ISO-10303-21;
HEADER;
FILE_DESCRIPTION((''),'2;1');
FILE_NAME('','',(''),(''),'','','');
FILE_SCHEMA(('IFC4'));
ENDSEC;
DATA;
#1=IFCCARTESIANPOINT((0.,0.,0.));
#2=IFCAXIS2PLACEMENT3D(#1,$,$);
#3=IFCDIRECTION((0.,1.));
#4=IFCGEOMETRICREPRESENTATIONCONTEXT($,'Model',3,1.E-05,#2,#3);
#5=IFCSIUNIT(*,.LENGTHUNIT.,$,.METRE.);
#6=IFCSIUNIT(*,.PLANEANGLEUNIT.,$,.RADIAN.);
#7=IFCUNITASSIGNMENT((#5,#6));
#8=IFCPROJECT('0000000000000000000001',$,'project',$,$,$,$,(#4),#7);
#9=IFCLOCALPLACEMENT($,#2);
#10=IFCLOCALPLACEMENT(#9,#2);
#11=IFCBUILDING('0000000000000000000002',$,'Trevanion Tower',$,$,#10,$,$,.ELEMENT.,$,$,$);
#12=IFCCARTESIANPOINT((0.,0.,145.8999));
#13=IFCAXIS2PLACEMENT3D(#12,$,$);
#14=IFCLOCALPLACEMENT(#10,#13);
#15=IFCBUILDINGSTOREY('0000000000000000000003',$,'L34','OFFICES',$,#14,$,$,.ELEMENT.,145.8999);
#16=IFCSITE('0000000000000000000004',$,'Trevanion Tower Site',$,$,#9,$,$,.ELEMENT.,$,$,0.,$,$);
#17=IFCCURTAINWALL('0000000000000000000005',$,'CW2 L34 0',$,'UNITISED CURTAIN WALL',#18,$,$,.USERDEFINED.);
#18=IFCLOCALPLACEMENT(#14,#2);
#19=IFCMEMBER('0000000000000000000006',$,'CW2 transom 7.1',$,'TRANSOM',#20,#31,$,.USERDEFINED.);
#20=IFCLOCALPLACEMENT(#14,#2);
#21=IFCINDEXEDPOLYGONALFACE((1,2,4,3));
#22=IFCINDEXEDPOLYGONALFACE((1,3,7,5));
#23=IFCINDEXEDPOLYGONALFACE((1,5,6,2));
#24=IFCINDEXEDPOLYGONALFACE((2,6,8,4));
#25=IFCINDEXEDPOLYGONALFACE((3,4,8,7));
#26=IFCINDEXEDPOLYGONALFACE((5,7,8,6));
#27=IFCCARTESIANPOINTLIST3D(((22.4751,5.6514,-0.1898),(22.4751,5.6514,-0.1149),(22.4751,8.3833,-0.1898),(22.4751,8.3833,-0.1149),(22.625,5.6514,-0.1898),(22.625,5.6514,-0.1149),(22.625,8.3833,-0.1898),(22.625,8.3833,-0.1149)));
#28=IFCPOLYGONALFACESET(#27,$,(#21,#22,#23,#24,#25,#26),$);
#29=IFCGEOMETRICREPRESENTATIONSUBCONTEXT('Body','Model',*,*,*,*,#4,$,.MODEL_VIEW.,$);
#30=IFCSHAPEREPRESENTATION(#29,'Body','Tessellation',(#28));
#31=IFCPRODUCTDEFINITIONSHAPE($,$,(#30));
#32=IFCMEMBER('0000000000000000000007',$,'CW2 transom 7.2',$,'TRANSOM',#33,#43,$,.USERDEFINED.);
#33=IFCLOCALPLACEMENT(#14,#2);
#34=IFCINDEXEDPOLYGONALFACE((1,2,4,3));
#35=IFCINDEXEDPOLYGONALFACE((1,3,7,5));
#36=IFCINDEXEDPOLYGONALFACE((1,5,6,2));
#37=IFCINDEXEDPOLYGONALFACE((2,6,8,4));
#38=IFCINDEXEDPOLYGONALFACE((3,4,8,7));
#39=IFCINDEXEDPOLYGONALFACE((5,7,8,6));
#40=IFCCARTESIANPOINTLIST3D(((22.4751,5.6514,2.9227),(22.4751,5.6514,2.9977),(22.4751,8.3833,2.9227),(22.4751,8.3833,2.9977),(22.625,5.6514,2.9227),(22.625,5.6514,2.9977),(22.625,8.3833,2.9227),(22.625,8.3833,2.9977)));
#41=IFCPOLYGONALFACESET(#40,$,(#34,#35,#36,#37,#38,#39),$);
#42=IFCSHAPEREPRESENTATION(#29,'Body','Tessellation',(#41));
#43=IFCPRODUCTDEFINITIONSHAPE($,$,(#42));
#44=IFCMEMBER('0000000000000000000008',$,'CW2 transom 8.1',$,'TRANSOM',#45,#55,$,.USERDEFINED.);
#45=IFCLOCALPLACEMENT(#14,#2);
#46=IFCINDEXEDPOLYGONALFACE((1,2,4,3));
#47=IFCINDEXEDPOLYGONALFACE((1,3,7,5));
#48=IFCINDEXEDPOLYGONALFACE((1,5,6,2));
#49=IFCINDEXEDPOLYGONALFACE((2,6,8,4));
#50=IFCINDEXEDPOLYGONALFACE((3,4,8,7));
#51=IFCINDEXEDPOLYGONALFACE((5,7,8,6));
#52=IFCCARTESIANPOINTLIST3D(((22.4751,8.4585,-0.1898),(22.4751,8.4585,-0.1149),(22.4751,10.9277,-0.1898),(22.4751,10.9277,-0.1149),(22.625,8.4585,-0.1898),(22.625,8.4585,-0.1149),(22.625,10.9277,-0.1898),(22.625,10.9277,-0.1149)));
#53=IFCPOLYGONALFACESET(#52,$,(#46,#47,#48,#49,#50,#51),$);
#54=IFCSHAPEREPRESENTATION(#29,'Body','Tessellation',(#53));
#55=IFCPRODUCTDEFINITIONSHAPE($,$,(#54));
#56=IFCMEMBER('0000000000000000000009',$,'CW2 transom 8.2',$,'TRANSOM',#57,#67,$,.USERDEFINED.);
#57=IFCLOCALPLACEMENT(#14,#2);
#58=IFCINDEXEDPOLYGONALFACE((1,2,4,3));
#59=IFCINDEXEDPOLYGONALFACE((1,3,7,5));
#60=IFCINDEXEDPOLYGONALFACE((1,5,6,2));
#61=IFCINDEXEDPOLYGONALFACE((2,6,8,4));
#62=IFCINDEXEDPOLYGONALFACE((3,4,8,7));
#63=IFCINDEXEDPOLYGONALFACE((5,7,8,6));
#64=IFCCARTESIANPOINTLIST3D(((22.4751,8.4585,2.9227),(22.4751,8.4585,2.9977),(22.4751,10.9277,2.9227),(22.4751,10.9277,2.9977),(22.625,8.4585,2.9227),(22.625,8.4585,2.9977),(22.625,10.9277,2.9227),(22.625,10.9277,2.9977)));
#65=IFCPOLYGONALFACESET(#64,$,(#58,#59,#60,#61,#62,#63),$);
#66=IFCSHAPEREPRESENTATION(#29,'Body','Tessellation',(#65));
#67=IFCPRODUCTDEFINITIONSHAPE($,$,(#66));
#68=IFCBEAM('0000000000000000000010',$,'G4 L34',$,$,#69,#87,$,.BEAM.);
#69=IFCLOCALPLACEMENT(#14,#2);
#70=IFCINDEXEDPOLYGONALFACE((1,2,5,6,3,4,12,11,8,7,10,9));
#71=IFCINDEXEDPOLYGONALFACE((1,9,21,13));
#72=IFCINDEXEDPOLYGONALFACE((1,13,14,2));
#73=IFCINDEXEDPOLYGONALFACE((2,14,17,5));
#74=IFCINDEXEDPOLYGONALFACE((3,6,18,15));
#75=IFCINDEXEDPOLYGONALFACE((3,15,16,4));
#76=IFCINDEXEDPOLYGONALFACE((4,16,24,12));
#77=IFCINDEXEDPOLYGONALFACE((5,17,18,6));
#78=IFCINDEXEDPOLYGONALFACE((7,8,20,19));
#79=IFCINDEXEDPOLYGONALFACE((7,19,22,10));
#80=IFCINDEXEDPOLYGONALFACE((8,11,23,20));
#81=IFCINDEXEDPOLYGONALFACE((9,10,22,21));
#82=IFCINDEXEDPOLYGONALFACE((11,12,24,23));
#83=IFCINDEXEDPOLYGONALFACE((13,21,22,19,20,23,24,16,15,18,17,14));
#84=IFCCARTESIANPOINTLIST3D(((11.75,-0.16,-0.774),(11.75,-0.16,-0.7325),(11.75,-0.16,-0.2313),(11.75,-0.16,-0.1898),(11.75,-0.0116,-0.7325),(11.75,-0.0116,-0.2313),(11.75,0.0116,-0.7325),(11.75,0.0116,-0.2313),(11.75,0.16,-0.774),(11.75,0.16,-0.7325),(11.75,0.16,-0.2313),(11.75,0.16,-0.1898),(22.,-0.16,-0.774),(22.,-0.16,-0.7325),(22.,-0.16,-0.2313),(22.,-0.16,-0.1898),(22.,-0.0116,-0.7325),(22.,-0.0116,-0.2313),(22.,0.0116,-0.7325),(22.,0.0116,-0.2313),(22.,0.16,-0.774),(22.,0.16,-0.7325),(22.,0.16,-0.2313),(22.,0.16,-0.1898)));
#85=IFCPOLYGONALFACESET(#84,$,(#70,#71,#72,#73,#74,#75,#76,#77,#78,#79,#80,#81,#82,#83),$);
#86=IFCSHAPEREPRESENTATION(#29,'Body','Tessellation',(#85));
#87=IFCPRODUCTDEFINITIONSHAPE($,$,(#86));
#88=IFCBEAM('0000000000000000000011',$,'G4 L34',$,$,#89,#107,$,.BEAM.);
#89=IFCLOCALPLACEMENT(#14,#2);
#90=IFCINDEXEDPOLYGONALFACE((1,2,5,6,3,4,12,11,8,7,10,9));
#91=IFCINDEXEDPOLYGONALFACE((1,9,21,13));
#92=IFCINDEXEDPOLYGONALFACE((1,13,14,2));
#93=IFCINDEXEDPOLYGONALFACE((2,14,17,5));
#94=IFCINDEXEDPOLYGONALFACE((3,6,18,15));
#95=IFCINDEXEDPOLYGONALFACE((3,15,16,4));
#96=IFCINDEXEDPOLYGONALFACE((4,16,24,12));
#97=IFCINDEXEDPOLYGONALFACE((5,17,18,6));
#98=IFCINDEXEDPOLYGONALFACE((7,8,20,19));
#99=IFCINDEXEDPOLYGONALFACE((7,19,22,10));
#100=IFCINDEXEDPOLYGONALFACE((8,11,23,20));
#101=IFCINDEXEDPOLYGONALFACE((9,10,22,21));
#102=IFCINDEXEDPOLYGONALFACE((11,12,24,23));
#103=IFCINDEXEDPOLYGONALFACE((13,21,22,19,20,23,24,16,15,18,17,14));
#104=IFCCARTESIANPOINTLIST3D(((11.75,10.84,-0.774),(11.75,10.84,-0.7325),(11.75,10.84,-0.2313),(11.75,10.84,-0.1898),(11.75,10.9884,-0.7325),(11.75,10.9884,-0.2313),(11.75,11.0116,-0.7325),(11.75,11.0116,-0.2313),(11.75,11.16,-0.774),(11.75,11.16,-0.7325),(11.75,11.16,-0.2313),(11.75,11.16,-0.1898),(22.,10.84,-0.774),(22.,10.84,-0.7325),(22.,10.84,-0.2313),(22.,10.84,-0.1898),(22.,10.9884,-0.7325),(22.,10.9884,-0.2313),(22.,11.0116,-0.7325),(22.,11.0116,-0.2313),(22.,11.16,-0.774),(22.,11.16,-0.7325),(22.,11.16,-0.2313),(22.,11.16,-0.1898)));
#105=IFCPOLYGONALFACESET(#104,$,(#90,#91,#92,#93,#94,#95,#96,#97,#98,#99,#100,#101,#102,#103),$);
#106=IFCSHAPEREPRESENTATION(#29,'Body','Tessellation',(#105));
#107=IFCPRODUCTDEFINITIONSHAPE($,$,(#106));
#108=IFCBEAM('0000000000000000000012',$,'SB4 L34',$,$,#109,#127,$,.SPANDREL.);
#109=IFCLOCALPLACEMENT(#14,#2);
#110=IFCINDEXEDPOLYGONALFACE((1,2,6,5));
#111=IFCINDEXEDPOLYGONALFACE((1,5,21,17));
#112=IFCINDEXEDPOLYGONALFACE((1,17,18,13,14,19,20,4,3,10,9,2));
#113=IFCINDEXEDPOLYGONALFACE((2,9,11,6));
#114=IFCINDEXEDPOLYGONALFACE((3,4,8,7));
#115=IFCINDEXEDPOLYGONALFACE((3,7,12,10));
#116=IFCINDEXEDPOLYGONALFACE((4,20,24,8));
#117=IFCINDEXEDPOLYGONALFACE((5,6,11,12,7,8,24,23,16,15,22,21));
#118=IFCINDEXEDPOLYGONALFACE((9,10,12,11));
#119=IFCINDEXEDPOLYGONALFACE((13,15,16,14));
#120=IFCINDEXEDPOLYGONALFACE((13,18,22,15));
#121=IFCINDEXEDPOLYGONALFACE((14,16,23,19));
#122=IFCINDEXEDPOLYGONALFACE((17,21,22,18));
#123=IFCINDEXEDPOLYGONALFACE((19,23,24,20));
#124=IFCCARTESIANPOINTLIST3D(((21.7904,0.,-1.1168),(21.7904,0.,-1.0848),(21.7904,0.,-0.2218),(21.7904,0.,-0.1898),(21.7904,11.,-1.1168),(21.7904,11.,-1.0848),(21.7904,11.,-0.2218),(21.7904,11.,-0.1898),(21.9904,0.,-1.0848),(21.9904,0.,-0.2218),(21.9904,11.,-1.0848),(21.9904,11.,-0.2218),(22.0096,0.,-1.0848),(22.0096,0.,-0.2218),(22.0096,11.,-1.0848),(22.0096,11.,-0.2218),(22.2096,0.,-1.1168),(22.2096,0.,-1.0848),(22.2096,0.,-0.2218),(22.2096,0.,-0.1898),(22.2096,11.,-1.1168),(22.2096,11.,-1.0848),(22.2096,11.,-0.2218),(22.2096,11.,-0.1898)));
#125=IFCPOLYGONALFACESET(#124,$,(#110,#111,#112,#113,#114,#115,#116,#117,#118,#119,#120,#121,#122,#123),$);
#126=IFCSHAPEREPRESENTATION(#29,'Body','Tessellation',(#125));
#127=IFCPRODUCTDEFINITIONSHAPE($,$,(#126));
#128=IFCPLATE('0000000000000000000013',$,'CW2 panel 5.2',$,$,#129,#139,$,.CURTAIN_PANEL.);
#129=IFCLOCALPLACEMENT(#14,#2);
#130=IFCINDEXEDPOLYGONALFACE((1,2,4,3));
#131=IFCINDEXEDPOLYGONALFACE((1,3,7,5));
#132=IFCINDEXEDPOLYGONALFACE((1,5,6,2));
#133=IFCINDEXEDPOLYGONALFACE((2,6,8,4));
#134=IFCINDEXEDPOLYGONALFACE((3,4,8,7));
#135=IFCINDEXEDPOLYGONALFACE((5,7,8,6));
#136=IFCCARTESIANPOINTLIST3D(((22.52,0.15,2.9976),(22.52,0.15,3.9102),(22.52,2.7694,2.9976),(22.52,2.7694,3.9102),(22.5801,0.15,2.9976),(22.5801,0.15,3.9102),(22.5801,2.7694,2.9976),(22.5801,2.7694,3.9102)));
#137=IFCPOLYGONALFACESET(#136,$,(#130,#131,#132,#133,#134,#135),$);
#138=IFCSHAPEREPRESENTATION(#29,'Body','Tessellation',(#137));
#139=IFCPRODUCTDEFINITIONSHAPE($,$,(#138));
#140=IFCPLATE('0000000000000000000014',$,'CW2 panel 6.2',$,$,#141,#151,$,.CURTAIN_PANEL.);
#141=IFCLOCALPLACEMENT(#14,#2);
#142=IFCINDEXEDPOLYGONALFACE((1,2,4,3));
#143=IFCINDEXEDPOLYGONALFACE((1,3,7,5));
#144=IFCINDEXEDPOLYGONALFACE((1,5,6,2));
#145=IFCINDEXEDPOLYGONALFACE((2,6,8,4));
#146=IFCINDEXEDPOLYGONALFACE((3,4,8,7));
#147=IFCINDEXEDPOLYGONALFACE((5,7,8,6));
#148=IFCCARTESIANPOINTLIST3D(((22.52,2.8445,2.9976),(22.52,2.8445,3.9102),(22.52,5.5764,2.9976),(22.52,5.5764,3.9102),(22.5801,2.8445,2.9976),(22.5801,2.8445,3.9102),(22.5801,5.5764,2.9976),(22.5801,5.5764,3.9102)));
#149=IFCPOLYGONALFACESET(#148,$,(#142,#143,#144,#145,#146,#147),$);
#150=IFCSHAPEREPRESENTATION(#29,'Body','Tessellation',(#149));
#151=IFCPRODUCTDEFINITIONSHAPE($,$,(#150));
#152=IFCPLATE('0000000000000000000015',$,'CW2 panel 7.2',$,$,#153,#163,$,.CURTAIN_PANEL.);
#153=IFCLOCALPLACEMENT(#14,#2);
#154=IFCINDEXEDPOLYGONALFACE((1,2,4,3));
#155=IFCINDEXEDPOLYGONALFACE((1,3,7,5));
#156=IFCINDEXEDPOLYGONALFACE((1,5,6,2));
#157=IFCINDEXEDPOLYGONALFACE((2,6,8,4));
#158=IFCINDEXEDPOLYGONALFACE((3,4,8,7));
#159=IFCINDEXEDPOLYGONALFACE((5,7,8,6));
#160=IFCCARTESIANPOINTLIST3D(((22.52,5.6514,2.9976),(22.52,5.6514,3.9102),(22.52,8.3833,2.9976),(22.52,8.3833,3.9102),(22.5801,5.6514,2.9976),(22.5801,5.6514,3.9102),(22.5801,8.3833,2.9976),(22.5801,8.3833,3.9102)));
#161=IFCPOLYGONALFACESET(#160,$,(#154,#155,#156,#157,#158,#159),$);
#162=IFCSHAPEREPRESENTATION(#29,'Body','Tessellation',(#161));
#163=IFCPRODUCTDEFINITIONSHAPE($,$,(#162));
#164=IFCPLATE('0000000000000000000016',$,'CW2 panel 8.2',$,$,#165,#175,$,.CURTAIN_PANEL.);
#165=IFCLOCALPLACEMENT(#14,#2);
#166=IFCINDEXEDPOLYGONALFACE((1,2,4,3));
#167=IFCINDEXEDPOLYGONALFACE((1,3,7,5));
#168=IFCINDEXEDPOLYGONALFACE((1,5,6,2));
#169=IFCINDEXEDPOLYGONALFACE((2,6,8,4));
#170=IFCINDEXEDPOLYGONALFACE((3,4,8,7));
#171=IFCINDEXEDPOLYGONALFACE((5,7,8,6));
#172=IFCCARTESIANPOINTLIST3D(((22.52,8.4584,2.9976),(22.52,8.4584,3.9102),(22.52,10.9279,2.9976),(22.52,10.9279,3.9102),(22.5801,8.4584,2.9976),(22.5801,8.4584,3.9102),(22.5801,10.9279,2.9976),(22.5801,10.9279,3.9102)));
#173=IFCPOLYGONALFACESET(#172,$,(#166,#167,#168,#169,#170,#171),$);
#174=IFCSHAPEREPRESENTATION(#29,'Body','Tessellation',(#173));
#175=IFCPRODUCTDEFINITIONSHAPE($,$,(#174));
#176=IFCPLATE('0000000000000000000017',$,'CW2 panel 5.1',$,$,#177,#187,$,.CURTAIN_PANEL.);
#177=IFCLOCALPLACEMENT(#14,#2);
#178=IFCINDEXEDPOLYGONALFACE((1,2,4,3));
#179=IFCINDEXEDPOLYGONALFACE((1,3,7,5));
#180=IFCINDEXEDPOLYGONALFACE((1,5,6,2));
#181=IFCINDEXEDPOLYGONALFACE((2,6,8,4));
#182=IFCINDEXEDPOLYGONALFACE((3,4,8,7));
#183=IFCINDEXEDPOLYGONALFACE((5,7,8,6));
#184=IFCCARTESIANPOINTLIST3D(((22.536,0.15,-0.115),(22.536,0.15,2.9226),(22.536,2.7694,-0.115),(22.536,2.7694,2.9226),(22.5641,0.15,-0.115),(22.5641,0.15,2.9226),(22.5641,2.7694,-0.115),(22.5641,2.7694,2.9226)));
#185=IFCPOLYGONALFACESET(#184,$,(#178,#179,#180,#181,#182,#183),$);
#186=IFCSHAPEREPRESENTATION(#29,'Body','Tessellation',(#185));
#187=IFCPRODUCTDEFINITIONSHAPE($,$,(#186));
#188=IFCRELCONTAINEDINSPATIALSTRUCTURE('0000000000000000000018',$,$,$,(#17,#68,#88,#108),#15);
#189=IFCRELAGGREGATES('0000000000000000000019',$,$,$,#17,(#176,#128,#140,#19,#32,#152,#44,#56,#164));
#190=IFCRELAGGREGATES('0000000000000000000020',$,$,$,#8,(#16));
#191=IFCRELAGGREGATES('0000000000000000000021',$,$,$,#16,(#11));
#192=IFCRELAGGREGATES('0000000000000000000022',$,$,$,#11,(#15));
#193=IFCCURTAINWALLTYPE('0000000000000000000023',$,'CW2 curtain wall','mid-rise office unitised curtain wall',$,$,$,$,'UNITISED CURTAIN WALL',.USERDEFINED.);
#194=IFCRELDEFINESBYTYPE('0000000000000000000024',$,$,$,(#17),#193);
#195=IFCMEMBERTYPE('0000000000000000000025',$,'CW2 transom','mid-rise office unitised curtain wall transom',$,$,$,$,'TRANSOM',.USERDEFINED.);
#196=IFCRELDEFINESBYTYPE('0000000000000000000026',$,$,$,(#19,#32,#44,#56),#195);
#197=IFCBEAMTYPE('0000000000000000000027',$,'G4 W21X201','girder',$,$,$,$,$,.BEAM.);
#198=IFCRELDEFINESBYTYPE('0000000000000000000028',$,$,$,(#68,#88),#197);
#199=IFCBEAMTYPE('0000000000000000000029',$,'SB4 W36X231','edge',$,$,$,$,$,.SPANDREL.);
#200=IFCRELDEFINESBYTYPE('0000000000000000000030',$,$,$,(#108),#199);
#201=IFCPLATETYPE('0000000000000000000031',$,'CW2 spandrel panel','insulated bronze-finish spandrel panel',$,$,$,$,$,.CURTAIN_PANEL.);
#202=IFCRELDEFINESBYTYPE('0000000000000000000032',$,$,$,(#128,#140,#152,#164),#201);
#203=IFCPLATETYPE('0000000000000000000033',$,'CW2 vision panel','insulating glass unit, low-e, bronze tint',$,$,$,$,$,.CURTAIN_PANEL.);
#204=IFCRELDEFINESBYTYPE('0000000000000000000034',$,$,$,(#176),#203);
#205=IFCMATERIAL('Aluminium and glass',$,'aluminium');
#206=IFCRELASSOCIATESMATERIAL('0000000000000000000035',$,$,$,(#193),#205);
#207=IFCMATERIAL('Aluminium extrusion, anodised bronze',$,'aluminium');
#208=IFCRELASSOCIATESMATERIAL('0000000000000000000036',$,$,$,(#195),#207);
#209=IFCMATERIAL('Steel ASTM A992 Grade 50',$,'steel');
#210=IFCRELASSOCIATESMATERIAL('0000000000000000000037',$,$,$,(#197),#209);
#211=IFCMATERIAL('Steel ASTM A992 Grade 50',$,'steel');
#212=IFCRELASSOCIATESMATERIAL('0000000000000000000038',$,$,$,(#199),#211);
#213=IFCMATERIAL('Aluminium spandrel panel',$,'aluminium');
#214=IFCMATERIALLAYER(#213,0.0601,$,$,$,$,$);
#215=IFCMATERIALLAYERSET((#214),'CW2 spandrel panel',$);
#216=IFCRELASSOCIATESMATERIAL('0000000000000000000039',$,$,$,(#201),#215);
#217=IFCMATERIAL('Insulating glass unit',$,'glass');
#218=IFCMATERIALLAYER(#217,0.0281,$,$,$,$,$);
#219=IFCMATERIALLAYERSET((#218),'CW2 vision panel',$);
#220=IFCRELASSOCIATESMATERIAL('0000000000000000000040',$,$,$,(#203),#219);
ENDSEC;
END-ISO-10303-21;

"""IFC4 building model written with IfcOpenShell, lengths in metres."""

from ifc_helpers import new_model, si_unit, direction, frame, origin, origin_2d, place, context, subcontext, project, spatial, rectangle, i_section, extrude, material, layer, layer_set, material_profile, profile_set, type_object, element, aggregate, save


model = new_model("IFC4")

# Units and contexts
model_context = context("Model", 3, precision=1e-05, world=origin(), true_north=direction((0.0, 1.0)))
body_context = subcontext(model_context, "Body", "Model", "MODEL_VIEW")
ifc_project = project(units=[si_unit("LENGTHUNIT", "METRE"), si_unit("PLANEANGLEUNIT", "RADIAN")], contexts=[model_context])

# Site, building, storey
site_placement = place(None, origin())
site = spatial("IfcSite", under=ifc_project, at=site_placement, Name="Trevanion Tower Site", CompositionType="ELEMENT", RefElevation=0.0)
building_placement = place(site_placement, origin())
building = spatial("IfcBuilding", under=site, at=building_placement, Name="Trevanion Tower", CompositionType="ELEMENT")
storey_placement = place(building_placement, frame((0.0, 0.0, 145.8999)))
storey = spatial("IfcBuildingStorey", under=building, at=storey_placement, Name="L34", Description="OFFICES", CompositionType="ELEMENT", Elevation=145.8999)

# Curtain wall, members
ifc_material_1 = material(Name="Aluminium and glass", Category="aluminium")
curtain_wall_type = type_object("IfcCurtainWallType", Name="CW2 curtain wall", Description="mid-rise office unitised curtain wall", ElementType="UNITISED CURTAIN WALL", PredefinedType="USERDEFINED", material=ifc_material_1)
curtain_wall_placement = place(storey_placement, origin())
curtain_wall = element("IfcCurtainWall", 1, at=curtain_wall_placement, inside=storey, type_object=curtain_wall_type, Name="CW2 L34 0", ObjectType="UNITISED CURTAIN WALL", PredefinedType="USERDEFINED")
ifc_material_2 = material(Name="Aluminium extrusion, anodised bronze", Category="aluminium")
ifc_material_profile_1 = material_profile(ifc_material_2, rectangle(XDim=0.1499, YDim=0.075, at=origin_2d()), Name="CW2 transom")
ifc_profile_set_1 = profile_set([ifc_material_profile_1], Name="Aluminium extrusion, anodised bronze")
member_type_1 = type_object("IfcMemberType", Name="CW2 transom", Description="mid-rise office unitised curtain wall transom", ElementType="TRANSOM", PredefinedType="USERDEFINED", material=ifc_profile_set_1)
member_1_placement = place(storey_placement, frame((22.55, 5.6514, -0.1523), z_axis=(0.0, 1.0, 0.0), x_axis=(-1.0, 0.0, 0.0)))
member_1 = element("IfcMember", 2, at=member_1_placement, type_object=member_type_1, Name="CW2 transom 7.1", ObjectType="TRANSOM", PredefinedType="USERDEFINED", context=body_context, shape_type="SweptSolid", body=[
    extrude(rectangle(XDim=0.1499, YDim=0.075, at=origin_2d()), origin(), (0.0, 0.0, 1.0), 2.7319),
])
member_2_placement = place(storey_placement, frame((22.55, 5.6514, 2.9602), z_axis=(0.0, 1.0, 0.0), x_axis=(-1.0, 0.0, 0.0)))
member_2 = element("IfcMember", 3, at=member_2_placement, type_object=member_type_1, Name="CW2 transom 7.2", ObjectType="TRANSOM", PredefinedType="USERDEFINED", context=body_context, shape_type="SweptSolid", body=[
    extrude(rectangle(XDim=0.1499, YDim=0.075, at=origin_2d()), origin(), (0.0, 0.0, 1.0), 2.7319),
])
member_3_placement = place(storey_placement, frame((22.55, 8.4585, -0.1523), z_axis=(0.0, 1.0, 0.0), x_axis=(-1.0, 0.0, 0.0)))
member_3 = element("IfcMember", 4, at=member_3_placement, type_object=member_type_1, Name="CW2 transom 8.1", ObjectType="TRANSOM", PredefinedType="USERDEFINED", context=body_context, shape_type="SweptSolid", body=[
    extrude(rectangle(XDim=0.1499, YDim=0.075, at=origin_2d()), origin(), (0.0, 0.0, 1.0), 2.4692),
])
member_4_placement = place(storey_placement, frame((22.55, 8.4585, 2.9602), z_axis=(0.0, 1.0, 0.0), x_axis=(-1.0, 0.0, 0.0)))
member_4 = element("IfcMember", 5, at=member_4_placement, type_object=member_type_1, Name="CW2 transom 8.2", ObjectType="TRANSOM", PredefinedType="USERDEFINED", context=body_context, shape_type="SweptSolid", body=[
    extrude(rectangle(XDim=0.1499, YDim=0.075, at=origin_2d()), origin(), (0.0, 0.0, 1.0), 2.4692),
])

# Beams
ifc_material_3 = material(Name="Steel ASTM A992 Grade 50", Category="steel")
ifc_material_profile_2 = material_profile(ifc_material_3, i_section(OverallWidth=0.3201, OverallDepth=0.5842, WebThickness=0.0232, FlangeThickness=0.0415, at=origin_2d()), Name="W21X201")
ifc_profile_set_2 = profile_set([ifc_material_profile_2], Name="Steel ASTM A992 Grade 50")
beam_type_1 = type_object("IfcBeamType", Name="G4 W21X201", Description="girder", PredefinedType="BEAM", material=ifc_profile_set_2)
for number, where, z_axis, x_axis, name in (
    (6, (11.75, 0.0, -0.4819), (1.0, 0.0, 0.0), (0.0, 1.0, 0.0), "G4 L34"),
    (7, (11.75, 11.0, -0.4819), (1.0, 0.0, 0.0), (0.0, 1.0, 0.0), "G4 L34"),
):
    element("IfcBeam", number, at=place(storey_placement, frame(where, z_axis=z_axis, x_axis=x_axis)), inside=storey, type_object=beam_type_1, Name=name, PredefinedType="BEAM", context=body_context, shape_type="SweptSolid", body=[
        extrude(i_section(OverallWidth=0.3201, OverallDepth=0.5842, WebThickness=0.0232, FlangeThickness=0.0415, at=origin_2d()), origin(), (0.0, 0.0, 1.0), 10.25),
    ])
ifc_material_4 = material(Name="Steel ASTM A992 Grade 50", Category="steel")
ifc_material_profile_3 = material_profile(ifc_material_4, i_section(OverallWidth=0.4192, OverallDepth=0.927, WebThickness=0.0193, FlangeThickness=0.032, at=origin_2d()), Name="W36X231")
ifc_profile_set_3 = profile_set([ifc_material_profile_3], Name="Steel ASTM A992 Grade 50")
beam_type_2 = type_object("IfcBeamType", Name="SB4 W36X231", Description="edge", PredefinedType="SPANDREL", material=ifc_profile_set_3)
beam_placement = place(storey_placement, frame((22.0, 0.0, -0.6533), z_axis=(0.0, 1.0, 0.0), x_axis=(-1.0, 0.0, 0.0)))
element("IfcBeam", 8, at=beam_placement, inside=storey, type_object=beam_type_2, Name="SB4 L34", PredefinedType="SPANDREL", context=body_context, shape_type="SweptSolid", body=[
    extrude(i_section(OverallWidth=0.4192, OverallDepth=0.927, WebThickness=0.0193, FlangeThickness=0.032, at=origin_2d()), origin(), (0.0, 0.0, 1.0), 11.0),
])

# Plates
ifc_material_5 = material(Name="Aluminium spandrel panel", Category="aluminium")
ifc_layer_1 = layer(ifc_material_5, 0.0601)
ifc_layer_set_1 = layer_set([ifc_layer_1], Name="CW2 spandrel panel")
plate_type_1 = type_object("IfcPlateType", Name="CW2 spandrel panel", Description="insulated bronze-finish spandrel panel", PredefinedType="CURTAIN_PANEL", material=ifc_layer_set_1)
plate_1_placement = place(storey_placement, frame((22.55, 1.4597, 2.9976), z_axis=(0.0, 0.0, 1.0), x_axis=(0.0, 1.0, 0.0)))
plate_1 = element("IfcPlate", 9, at=plate_1_placement, type_object=plate_type_1, Name="CW2 panel 5.2", PredefinedType="CURTAIN_PANEL", context=body_context, shape_type="SweptSolid", body=[
    extrude(rectangle(XDim=2.6194, YDim=0.0601, at=origin_2d()), origin(), (0.0, 0.0, 1.0), 0.9126),
])
plate_2_placement = place(storey_placement, frame((22.55, 4.2104, 2.9976), z_axis=(0.0, 0.0, 1.0), x_axis=(0.0, 1.0, 0.0)))
plate_2 = element("IfcPlate", 10, at=plate_2_placement, type_object=plate_type_1, Name="CW2 panel 6.2", PredefinedType="CURTAIN_PANEL", context=body_context, shape_type="SweptSolid", body=[
    extrude(rectangle(XDim=2.7319, YDim=0.0601, at=origin_2d()), origin(), (0.0, 0.0, 1.0), 0.9126),
])
plate_3_placement = place(storey_placement, frame((22.55, 7.0173, 2.9976), z_axis=(0.0, 0.0, 1.0), x_axis=(0.0, 1.0, 0.0)))
plate_3 = element("IfcPlate", 11, at=plate_3_placement, type_object=plate_type_1, Name="CW2 panel 7.2", PredefinedType="CURTAIN_PANEL", context=body_context, shape_type="SweptSolid", body=[
    extrude(rectangle(XDim=2.7319, YDim=0.0601, at=origin_2d()), origin(), (0.0, 0.0, 1.0), 0.9126),
])
plate_4_placement = place(storey_placement, frame((22.55, 9.6931, 2.9976), z_axis=(0.0, 0.0, 1.0), x_axis=(0.0, 1.0, 0.0)))
plate_4 = element("IfcPlate", 12, at=plate_4_placement, type_object=plate_type_1, Name="CW2 panel 8.2", PredefinedType="CURTAIN_PANEL", context=body_context, shape_type="SweptSolid", body=[
    extrude(rectangle(XDim=2.4695, YDim=0.0601, at=origin_2d()), origin(), (0.0, 0.0, 1.0), 0.9126),
])
ifc_material_6 = material(Name="Insulating glass unit", Category="glass")
ifc_layer_2 = layer(ifc_material_6, 0.0281)
ifc_layer_set_2 = layer_set([ifc_layer_2], Name="CW2 vision panel")
plate_type_2 = type_object("IfcPlateType", Name="CW2 vision panel", Description="insulating glass unit, low-e, bronze tint", PredefinedType="CURTAIN_PANEL", material=ifc_layer_set_2)
plate_5_placement = place(storey_placement, frame((22.55, 1.4597, -0.115), z_axis=(0.0, 0.0, 1.0), x_axis=(0.0, 1.0, 0.0)))
plate_5 = element("IfcPlate", 13, at=plate_5_placement, type_object=plate_type_2, Name="CW2 panel 5.1", PredefinedType="CURTAIN_PANEL", context=body_context, shape_type="SweptSolid", body=[
    extrude(rectangle(XDim=2.6194, YDim=0.0281, at=origin_2d()), origin(), (0.0, 0.0, 1.0), 3.0376),
])
aggregate(curtain_wall, [plate_5, plate_1, plate_2, member_1, member_2, plate_3, member_3, member_4, plate_4])

save(model, "model.ifc")
